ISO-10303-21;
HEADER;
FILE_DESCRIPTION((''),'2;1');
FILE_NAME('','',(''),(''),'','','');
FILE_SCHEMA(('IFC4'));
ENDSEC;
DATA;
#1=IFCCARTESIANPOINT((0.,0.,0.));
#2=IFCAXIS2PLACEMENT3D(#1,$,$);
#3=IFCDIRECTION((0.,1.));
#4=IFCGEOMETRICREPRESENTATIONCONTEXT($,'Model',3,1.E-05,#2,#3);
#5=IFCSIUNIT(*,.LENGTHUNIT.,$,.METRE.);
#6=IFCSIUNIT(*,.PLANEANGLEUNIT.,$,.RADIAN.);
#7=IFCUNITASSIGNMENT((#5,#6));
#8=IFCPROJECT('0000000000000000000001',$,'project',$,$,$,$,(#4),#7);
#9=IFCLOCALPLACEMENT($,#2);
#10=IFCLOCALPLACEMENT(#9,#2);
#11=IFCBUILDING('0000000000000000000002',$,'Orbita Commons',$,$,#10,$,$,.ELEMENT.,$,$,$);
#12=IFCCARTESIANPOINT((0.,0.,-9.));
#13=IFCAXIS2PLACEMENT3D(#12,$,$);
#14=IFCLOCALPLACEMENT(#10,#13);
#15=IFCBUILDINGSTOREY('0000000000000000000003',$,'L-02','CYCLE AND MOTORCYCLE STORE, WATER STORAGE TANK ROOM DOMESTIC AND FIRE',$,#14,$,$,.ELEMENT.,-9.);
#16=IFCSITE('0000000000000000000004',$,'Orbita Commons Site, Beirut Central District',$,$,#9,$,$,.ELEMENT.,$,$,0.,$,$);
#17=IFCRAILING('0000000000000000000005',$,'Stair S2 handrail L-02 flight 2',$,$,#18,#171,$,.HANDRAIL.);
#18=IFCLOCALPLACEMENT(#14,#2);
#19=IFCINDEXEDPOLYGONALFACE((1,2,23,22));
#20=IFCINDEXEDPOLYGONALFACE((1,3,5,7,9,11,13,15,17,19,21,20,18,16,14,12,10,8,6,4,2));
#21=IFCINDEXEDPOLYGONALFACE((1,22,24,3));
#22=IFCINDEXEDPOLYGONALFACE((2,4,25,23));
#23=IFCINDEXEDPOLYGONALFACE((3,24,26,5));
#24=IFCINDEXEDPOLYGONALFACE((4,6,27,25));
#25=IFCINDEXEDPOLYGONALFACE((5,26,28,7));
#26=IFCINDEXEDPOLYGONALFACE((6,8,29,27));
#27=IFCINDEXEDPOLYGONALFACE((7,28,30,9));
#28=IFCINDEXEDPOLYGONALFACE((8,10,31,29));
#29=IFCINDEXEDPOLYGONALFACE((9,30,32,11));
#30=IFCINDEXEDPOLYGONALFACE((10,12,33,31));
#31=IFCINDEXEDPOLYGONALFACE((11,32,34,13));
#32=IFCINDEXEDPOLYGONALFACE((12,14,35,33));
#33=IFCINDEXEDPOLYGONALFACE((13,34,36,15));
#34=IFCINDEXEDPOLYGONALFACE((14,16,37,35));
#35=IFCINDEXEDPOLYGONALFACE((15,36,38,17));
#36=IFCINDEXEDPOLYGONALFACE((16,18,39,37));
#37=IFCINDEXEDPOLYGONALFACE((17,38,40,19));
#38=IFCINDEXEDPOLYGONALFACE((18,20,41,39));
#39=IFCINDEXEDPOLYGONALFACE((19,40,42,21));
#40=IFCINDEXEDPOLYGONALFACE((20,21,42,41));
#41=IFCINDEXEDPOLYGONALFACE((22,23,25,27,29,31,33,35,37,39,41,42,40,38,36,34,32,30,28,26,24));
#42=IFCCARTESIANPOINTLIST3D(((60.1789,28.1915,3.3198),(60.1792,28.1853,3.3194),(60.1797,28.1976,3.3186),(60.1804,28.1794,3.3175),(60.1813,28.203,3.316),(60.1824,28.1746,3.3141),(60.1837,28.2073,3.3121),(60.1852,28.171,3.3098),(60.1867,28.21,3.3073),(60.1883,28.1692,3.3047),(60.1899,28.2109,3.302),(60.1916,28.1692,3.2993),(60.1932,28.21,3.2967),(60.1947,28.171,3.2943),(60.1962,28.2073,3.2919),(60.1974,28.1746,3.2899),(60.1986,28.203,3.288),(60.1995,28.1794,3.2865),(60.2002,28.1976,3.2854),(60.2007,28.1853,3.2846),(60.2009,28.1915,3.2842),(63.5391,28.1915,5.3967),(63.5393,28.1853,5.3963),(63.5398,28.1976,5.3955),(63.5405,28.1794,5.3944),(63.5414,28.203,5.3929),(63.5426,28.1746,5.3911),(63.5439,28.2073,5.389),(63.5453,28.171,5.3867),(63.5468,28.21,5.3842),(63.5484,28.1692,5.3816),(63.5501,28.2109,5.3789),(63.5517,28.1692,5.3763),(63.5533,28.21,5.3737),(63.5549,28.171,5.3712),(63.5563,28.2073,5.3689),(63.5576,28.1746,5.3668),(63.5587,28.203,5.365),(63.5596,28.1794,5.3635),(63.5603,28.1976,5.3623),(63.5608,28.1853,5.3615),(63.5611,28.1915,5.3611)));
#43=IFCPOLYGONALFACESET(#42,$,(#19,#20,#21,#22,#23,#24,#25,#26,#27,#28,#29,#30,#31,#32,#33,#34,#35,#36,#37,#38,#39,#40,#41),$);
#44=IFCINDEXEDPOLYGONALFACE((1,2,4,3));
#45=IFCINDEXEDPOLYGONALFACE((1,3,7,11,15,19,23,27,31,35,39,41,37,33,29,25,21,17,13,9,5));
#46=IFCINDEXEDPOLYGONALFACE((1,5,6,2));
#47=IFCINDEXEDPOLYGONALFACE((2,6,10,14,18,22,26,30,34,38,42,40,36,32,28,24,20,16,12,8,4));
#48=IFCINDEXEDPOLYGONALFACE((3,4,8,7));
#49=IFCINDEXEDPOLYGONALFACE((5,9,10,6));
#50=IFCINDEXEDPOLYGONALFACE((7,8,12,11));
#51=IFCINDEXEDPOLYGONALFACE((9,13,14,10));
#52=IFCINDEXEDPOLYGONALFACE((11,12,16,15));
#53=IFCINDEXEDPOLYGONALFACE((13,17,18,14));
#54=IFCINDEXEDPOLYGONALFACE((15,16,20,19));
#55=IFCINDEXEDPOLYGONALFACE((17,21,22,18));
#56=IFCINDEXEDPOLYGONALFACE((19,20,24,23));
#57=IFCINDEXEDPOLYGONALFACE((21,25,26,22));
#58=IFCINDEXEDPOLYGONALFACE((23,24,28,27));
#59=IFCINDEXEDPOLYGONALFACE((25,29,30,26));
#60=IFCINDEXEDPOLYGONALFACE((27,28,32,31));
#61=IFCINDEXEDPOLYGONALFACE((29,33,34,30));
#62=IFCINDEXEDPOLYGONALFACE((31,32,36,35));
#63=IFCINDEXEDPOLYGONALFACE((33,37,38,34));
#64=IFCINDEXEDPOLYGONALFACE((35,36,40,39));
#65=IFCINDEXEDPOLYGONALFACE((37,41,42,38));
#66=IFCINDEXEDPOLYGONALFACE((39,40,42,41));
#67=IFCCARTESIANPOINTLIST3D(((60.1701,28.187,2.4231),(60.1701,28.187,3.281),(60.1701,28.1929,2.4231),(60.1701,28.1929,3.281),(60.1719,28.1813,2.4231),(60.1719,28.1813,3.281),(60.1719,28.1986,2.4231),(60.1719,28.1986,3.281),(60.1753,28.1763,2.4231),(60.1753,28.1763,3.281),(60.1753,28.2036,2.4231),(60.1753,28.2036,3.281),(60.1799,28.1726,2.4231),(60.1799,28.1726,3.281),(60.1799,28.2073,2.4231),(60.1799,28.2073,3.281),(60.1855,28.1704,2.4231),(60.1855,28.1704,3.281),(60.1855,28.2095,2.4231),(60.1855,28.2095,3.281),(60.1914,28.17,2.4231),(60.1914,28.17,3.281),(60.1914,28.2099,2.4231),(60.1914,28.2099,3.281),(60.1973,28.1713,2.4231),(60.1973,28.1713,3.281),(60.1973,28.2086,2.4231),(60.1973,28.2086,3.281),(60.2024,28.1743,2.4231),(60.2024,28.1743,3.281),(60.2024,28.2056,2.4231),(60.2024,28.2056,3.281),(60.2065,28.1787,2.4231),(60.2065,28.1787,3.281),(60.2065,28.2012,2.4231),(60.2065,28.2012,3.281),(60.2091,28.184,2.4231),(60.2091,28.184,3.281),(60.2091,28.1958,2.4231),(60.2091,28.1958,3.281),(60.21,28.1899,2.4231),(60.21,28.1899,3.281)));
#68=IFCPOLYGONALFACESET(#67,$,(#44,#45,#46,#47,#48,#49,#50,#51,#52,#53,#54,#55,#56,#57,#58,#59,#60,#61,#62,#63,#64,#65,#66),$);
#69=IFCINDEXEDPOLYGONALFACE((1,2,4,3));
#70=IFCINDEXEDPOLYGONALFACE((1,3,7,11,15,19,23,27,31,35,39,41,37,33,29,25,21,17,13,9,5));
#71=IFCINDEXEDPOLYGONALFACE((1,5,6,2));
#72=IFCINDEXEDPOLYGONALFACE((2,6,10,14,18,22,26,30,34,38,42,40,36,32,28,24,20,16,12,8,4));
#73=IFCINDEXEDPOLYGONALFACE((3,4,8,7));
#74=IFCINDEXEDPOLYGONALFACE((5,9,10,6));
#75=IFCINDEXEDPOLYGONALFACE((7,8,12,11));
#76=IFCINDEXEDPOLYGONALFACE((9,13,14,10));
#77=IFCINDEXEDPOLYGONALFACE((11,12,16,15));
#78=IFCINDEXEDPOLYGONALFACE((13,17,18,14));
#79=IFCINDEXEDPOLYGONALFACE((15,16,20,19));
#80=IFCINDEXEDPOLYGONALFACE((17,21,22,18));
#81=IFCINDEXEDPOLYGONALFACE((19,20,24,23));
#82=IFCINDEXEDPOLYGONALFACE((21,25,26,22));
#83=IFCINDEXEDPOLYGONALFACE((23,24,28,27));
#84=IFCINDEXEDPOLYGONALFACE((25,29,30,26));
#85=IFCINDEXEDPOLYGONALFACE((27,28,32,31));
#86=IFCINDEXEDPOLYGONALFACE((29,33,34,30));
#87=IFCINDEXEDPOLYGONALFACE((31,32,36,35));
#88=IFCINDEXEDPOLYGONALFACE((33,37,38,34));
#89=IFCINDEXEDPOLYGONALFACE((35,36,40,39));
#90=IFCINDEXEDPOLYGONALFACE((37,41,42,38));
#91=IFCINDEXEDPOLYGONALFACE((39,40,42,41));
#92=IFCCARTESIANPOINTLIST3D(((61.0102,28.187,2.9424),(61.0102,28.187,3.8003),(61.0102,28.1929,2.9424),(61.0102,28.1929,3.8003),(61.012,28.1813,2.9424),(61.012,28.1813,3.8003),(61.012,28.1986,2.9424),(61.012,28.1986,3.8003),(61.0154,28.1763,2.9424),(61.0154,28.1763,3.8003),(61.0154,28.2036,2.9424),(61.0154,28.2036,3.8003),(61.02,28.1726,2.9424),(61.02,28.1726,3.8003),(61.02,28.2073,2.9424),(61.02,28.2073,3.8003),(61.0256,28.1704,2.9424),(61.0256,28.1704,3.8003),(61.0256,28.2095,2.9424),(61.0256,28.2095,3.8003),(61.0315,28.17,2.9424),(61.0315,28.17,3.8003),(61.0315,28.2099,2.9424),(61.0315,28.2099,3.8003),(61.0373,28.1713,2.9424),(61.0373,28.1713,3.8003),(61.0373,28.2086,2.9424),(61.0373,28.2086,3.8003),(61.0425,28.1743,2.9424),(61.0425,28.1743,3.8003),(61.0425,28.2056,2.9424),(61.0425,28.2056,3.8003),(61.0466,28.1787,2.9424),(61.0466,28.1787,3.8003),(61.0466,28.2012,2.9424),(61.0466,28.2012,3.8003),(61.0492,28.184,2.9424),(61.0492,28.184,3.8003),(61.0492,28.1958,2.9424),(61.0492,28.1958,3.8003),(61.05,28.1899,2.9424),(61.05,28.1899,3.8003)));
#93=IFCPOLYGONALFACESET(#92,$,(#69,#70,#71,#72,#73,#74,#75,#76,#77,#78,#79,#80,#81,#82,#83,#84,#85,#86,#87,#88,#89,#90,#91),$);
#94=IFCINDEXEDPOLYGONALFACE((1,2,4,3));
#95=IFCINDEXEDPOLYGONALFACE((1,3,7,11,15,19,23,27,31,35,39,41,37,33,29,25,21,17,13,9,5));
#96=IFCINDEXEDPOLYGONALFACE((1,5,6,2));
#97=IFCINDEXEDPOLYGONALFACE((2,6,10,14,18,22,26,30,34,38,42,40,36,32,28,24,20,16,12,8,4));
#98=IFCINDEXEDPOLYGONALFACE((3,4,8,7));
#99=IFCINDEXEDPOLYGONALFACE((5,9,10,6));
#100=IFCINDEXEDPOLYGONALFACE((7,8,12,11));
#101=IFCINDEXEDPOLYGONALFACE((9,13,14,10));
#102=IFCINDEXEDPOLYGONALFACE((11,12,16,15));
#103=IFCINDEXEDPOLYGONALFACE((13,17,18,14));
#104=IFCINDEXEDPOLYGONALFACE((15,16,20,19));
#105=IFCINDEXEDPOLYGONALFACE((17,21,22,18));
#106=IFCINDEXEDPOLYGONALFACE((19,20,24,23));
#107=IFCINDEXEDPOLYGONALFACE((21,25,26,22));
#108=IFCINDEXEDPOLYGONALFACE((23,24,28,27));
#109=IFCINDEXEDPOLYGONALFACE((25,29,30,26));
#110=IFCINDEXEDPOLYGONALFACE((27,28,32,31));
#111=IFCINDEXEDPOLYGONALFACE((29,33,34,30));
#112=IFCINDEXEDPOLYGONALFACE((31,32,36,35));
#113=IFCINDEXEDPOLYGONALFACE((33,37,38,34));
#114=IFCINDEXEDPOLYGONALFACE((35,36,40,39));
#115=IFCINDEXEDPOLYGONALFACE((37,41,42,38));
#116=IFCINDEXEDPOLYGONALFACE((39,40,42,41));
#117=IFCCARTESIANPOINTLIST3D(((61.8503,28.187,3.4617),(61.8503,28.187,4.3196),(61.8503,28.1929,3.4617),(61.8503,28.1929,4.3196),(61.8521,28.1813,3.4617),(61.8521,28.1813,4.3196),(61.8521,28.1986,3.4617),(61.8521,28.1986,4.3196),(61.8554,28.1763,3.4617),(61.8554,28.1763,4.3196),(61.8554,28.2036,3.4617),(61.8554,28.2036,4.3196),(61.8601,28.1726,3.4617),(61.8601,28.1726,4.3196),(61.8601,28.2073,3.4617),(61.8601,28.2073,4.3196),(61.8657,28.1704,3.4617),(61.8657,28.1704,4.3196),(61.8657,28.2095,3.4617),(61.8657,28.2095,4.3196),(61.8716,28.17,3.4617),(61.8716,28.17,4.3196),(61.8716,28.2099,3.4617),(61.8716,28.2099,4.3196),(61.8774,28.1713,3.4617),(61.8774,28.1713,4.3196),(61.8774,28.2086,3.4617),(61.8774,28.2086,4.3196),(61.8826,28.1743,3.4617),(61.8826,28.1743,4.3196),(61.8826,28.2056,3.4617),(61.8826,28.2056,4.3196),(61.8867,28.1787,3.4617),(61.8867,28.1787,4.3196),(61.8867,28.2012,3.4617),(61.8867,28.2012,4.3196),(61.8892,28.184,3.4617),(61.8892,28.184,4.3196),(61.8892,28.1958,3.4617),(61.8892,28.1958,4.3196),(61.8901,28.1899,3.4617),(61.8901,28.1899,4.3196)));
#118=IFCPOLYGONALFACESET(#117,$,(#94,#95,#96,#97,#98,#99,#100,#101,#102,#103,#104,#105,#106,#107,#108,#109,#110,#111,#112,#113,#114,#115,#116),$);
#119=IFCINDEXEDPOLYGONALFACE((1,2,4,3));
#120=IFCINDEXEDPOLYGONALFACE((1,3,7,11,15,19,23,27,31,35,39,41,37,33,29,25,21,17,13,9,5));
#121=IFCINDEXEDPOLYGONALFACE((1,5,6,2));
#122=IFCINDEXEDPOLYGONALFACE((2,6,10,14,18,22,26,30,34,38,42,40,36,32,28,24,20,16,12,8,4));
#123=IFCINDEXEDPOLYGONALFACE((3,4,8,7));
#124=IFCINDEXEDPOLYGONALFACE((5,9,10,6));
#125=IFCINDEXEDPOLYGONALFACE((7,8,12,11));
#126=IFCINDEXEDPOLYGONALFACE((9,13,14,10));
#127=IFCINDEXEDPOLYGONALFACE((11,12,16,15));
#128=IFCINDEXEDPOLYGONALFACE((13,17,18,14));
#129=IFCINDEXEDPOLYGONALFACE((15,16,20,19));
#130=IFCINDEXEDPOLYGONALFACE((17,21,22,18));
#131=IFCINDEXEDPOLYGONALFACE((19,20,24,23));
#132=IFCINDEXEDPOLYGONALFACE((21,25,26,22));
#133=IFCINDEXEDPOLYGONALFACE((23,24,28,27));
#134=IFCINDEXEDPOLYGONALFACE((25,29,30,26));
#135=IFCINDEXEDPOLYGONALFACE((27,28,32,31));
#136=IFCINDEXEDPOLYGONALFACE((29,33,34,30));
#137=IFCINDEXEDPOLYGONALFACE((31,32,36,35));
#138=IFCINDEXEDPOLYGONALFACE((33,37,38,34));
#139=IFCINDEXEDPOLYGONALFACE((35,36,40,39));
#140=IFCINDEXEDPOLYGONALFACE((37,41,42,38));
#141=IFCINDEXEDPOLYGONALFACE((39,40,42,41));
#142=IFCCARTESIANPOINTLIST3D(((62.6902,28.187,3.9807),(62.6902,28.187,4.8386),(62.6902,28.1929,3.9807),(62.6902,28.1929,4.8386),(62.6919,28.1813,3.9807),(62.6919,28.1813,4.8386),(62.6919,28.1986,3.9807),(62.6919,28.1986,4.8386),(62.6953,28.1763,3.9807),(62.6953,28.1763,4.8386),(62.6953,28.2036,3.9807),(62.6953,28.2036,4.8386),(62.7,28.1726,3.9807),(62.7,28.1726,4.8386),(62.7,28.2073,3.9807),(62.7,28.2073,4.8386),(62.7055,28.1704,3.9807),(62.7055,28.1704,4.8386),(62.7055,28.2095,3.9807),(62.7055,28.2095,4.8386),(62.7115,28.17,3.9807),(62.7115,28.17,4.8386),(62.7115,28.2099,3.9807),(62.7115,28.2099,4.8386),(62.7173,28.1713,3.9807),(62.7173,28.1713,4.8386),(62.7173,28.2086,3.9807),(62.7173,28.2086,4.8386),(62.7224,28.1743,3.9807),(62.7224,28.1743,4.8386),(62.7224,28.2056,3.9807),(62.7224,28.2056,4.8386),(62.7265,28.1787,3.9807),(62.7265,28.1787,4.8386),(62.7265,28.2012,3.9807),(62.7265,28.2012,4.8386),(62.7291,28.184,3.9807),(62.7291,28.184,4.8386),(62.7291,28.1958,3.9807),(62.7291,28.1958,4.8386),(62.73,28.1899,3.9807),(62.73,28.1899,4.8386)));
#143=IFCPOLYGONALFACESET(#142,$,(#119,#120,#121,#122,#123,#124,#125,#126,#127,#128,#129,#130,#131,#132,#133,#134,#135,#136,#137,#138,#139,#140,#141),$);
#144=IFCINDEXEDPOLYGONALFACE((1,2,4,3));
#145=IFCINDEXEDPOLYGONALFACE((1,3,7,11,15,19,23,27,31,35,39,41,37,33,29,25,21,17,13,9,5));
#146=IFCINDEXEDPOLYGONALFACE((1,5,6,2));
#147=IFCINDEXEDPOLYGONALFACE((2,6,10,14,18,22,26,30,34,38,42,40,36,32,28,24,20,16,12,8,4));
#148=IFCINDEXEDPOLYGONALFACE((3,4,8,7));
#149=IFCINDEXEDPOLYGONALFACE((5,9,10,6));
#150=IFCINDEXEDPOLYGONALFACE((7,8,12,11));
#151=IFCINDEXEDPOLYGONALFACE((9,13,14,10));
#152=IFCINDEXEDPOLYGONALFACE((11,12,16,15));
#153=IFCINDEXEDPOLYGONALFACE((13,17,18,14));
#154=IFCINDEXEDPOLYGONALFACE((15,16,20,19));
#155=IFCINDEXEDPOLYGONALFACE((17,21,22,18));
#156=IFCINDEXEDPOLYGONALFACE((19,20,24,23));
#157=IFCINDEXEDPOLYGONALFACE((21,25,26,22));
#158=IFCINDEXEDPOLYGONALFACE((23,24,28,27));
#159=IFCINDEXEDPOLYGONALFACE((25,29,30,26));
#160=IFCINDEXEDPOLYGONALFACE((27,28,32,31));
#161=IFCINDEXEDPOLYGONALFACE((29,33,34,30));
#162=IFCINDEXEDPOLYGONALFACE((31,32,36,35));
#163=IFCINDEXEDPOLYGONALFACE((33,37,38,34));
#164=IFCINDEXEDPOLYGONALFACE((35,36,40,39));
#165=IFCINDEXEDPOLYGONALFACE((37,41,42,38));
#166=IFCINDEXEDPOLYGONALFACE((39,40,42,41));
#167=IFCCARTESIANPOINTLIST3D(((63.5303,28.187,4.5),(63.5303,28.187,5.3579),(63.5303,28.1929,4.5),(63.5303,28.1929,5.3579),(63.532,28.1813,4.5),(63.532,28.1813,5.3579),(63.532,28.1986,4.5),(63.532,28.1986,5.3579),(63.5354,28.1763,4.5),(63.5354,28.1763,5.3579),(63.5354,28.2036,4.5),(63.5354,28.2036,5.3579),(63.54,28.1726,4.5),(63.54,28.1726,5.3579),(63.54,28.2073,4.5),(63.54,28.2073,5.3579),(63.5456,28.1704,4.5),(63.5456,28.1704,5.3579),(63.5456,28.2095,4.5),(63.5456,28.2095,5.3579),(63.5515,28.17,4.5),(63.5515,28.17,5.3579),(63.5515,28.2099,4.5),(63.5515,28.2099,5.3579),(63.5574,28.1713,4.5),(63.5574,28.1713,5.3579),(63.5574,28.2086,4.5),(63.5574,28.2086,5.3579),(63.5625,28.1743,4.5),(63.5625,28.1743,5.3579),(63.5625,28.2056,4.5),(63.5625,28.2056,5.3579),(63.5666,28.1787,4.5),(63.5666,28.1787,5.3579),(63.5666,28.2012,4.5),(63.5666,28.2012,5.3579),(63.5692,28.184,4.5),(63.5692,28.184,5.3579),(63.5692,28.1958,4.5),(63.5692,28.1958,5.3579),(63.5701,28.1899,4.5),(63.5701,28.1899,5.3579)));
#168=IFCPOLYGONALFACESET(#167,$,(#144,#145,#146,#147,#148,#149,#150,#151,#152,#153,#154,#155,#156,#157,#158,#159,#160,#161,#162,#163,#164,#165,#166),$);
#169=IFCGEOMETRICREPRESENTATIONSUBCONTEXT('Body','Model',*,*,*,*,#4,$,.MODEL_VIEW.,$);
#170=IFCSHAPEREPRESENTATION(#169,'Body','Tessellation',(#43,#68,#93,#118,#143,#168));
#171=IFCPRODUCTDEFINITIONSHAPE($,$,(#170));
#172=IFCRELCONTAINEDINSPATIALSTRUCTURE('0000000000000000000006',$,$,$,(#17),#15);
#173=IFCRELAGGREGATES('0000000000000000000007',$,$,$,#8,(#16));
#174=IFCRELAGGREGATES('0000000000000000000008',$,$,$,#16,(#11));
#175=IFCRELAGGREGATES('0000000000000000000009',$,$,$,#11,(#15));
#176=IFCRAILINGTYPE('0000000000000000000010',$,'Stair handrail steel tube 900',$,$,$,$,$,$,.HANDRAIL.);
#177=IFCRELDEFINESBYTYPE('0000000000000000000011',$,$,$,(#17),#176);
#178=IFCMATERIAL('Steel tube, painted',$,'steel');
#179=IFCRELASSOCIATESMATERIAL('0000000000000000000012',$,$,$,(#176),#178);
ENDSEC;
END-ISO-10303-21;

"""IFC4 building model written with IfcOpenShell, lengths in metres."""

from ifc_helpers import new_model, si_unit, direction, frame, origin, origin_2d, place, context, subcontext, project, spatial, circle, extrude, material, type_object, element, save


model = new_model("IFC4")

# Units and contexts
model_context = context("Model", 3, precision=1e-05, world=origin(), true_north=direction((0.0, 1.0)))
body_context = subcontext(model_context, "Body", "Model", "MODEL_VIEW")
ifc_project = project(units=[si_unit("LENGTHUNIT", "METRE"), si_unit("PLANEANGLEUNIT", "RADIAN")], contexts=[model_context])

# Site, building, storey
site_placement = place(None, origin())
site = spatial("IfcSite", under=ifc_project, at=site_placement, Name="Orbita Commons Site, Beirut Central District", CompositionType="ELEMENT", RefElevation=0.0)
building_placement = place(site_placement, origin())
building = spatial("IfcBuilding", under=site, at=building_placement, Name="Orbita Commons", CompositionType="ELEMENT")
storey_placement = place(building_placement, frame((0.0, 0.0, -9.0)))
storey = spatial("IfcBuildingStorey", under=building, at=storey_placement, Name="L-02", Description="CYCLE AND MOTORCYCLE STORE, WATER STORAGE TANK ROOM DOMESTIC AND FIRE", CompositionType="ELEMENT", Elevation=-9.0)

# Railing
ifc_material_1 = material(Name="Steel tube, painted", Category="steel")
railing_type = type_object("IfcRailingType", Name="Stair handrail steel tube 900", PredefinedType="HANDRAIL", material=ifc_material_1)
for number, where, name in (
    (1, (60.1899, 28.1899, 2.4231), "Stair S2 handrail L-02 flight 2"),
):
    element("IfcRailing", number, at=place(storey_placement, frame(where)), inside=storey, type_object=railing_type, Name=name, PredefinedType="HANDRAIL", context=body_context, shape_type="SweptSolid", body=[
        extrude(circle(Radius=0.021, at=origin_2d()), frame((0.0, 0.0, 0.8789), z_axis=(0.850623, 0.0, 0.525776), x_axis=(0.0, 1.0, 0.0)), (0.0, 0.0, 1.0), 3.9502),
        extrude(circle(Radius=0.02, at=origin_2d()), origin(), (0.0, 0.0, 1.0), 0.8579),
        extrude(circle(Radius=0.02, at=origin_2d()), frame((0.8401, 0.0, 0.5193)), (0.0, 0.0, 1.0), 0.8579),
        extrude(circle(Radius=0.02, at=origin_2d()), frame((1.6802, 0.0, 1.0386)), (0.0, 0.0, 1.0), 0.8579),
        extrude(circle(Radius=0.02, at=origin_2d()), frame((2.52, 0.0, 1.5576)), (0.0, 0.0, 1.0), 0.8579),
        extrude(circle(Radius=0.02, at=origin_2d()), frame((3.3601, 0.0, 2.0769)), (0.0, 0.0, 1.0), 0.8579),
    ])

save(model, "model.ifc")
